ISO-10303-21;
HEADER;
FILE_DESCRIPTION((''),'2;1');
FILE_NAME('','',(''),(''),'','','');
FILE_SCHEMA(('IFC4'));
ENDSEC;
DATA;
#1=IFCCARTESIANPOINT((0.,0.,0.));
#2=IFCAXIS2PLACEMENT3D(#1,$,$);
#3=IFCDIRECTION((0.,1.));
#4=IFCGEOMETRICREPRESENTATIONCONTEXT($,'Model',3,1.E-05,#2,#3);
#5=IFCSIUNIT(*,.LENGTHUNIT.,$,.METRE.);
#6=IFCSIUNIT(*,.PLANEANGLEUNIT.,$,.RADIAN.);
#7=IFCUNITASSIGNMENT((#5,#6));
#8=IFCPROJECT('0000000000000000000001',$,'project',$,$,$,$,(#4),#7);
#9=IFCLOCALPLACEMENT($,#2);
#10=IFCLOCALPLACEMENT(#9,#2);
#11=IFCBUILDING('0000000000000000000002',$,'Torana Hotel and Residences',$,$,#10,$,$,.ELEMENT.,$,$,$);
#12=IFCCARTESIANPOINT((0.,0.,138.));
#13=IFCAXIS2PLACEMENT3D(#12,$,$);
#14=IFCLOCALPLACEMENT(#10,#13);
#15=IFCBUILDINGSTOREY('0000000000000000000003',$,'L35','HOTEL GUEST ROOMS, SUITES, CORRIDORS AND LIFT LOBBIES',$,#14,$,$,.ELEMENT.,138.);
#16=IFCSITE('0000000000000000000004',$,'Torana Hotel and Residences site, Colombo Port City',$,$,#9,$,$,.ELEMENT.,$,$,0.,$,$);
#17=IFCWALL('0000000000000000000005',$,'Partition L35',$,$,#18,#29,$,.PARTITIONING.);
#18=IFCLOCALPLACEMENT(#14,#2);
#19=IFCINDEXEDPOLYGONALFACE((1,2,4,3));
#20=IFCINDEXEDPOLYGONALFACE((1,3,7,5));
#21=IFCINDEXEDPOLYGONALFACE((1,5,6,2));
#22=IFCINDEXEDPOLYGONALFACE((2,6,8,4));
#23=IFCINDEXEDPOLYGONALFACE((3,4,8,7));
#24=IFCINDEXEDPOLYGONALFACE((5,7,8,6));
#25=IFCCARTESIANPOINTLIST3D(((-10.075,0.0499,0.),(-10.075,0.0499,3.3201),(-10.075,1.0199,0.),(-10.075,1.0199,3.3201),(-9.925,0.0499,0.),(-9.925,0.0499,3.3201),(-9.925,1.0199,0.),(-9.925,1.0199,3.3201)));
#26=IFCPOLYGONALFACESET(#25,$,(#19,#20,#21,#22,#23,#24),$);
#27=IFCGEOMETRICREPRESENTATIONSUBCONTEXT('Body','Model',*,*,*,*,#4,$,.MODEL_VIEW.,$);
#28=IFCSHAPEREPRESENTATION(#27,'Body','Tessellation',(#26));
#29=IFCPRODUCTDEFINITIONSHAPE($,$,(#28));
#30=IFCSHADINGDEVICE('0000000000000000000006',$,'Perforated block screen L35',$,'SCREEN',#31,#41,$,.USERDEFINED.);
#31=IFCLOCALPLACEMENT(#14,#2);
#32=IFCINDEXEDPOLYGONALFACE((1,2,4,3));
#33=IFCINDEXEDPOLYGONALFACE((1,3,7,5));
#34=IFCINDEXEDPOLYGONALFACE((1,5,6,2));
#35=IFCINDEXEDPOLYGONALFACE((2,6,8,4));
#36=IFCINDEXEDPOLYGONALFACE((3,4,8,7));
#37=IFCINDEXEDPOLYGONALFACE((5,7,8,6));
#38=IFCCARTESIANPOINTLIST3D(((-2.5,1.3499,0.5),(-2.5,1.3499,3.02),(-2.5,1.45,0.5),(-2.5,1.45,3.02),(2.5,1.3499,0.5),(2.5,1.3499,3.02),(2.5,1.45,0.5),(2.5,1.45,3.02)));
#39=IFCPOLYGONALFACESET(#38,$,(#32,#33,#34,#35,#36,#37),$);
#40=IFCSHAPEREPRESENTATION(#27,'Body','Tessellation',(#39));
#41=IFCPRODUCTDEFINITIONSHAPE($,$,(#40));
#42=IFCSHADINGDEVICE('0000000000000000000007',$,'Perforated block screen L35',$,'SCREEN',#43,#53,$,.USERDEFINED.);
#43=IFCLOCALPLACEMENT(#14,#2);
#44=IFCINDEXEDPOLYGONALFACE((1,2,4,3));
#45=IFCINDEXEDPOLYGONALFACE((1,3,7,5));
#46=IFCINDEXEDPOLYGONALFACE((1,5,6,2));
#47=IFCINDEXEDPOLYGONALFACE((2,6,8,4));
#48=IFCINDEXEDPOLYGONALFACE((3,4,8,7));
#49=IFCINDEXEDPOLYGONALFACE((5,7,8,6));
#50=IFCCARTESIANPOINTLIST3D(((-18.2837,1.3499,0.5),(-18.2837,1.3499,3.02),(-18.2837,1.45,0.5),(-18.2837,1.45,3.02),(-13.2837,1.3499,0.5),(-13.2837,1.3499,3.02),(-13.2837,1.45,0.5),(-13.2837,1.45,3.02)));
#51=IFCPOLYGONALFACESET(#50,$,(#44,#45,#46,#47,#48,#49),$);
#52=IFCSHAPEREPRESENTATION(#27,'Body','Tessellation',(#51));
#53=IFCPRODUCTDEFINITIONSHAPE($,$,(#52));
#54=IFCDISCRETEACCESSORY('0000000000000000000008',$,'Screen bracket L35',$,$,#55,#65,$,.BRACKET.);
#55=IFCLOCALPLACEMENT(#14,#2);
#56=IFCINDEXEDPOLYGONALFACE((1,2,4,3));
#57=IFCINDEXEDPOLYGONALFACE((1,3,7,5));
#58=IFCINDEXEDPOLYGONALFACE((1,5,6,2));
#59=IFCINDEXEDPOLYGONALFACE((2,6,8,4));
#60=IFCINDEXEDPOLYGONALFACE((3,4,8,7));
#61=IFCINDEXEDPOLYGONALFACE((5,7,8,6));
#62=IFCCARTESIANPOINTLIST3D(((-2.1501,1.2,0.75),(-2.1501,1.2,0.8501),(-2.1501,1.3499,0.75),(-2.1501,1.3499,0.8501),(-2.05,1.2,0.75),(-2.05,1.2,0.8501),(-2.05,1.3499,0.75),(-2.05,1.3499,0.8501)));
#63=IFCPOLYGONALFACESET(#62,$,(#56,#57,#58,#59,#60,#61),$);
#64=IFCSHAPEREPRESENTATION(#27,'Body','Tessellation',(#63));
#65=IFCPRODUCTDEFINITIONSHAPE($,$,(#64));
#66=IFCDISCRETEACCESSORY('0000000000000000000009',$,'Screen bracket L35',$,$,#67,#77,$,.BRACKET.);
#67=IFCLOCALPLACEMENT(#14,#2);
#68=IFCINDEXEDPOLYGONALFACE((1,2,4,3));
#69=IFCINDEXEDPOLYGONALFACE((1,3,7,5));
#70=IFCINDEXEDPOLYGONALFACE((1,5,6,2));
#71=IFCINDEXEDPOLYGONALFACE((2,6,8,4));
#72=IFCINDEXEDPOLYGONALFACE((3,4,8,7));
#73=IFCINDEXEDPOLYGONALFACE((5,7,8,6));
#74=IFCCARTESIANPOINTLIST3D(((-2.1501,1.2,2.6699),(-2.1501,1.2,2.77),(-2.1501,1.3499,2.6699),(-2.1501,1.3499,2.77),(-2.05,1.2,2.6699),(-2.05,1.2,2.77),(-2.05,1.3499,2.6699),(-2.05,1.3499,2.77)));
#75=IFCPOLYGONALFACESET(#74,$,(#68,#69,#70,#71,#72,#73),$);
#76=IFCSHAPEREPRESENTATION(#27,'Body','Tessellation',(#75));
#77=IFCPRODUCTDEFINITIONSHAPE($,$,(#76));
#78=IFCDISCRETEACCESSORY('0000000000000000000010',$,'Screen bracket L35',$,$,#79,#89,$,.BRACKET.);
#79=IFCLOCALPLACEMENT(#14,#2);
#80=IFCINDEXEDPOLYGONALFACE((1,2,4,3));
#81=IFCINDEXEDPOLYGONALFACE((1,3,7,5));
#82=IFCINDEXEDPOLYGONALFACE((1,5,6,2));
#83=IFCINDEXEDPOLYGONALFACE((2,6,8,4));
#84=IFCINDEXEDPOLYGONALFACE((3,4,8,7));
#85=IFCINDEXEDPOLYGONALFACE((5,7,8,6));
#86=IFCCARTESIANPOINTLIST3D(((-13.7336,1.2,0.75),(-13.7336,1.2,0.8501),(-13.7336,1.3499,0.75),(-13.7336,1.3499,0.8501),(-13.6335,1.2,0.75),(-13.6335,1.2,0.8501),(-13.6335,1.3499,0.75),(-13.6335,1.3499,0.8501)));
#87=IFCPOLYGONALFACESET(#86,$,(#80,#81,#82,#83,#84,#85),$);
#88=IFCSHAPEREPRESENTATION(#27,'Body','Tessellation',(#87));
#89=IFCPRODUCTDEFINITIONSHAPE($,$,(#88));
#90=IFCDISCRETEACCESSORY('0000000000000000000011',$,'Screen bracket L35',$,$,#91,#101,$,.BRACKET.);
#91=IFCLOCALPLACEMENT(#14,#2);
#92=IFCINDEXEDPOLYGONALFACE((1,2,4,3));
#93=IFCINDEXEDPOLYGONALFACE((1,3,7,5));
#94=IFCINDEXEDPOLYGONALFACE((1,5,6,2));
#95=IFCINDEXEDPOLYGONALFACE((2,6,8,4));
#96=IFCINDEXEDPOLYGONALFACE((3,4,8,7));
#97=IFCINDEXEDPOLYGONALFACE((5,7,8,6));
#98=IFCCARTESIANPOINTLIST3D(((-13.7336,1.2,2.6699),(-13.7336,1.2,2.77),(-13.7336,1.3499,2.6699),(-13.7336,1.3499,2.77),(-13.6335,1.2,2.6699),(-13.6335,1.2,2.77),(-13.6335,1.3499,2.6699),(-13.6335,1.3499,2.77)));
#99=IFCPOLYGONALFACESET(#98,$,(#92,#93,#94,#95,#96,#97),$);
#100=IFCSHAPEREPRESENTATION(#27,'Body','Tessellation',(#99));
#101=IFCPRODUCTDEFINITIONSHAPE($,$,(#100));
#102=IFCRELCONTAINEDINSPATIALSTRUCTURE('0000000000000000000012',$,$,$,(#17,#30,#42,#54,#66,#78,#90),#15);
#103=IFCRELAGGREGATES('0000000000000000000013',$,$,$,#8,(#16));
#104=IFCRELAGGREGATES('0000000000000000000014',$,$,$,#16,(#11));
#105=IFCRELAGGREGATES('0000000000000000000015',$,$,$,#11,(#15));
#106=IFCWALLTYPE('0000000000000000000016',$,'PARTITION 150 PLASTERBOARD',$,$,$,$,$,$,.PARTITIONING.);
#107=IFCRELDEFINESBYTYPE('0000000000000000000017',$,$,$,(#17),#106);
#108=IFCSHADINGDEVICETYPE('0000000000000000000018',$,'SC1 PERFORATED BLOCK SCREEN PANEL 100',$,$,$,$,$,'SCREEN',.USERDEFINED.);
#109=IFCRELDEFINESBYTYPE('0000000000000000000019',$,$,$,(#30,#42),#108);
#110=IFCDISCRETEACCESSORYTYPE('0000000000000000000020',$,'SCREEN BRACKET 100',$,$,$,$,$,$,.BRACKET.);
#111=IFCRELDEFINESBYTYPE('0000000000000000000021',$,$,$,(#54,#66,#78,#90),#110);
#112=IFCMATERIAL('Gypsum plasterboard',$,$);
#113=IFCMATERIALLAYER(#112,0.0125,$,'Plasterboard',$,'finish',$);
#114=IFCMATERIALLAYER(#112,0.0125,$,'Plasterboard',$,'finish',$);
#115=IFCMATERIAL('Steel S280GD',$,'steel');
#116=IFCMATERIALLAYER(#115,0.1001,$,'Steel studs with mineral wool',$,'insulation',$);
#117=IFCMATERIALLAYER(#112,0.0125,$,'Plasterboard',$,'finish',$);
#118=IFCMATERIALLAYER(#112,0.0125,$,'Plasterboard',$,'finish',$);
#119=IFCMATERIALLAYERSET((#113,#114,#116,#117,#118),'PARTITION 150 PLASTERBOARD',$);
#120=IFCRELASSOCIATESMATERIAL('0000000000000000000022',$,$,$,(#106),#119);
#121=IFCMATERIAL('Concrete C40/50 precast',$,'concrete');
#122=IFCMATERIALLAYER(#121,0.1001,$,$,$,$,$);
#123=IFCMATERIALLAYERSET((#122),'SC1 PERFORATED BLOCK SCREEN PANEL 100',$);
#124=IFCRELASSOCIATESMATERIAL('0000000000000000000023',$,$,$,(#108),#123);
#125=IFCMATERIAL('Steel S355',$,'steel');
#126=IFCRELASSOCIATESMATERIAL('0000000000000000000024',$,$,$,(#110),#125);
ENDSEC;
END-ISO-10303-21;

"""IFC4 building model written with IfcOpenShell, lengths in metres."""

from ifc_helpers import new_model, si_unit, direction, frame, frame_2d, origin, origin_2d, place, context, subcontext, project, spatial, rectangle, extrude, material, layer, layer_set, type_object, element, save


model = new_model("IFC4")

# Units and contexts
model_context = context("Model", 3, precision=1e-05, world=origin(), true_north=direction((0.0, 1.0)))
body_context = subcontext(model_context, "Body", "Model", "MODEL_VIEW")
ifc_project = project(units=[si_unit("LENGTHUNIT", "METRE"), si_unit("PLANEANGLEUNIT", "RADIAN")], contexts=[model_context])

# Site, building, storey
site_placement = place(None, origin())
site = spatial("IfcSite", under=ifc_project, at=site_placement, Name="Torana Hotel and Residences site, Colombo Port City", CompositionType="ELEMENT", RefElevation=0.0)
building_placement = place(site_placement, origin())
building = spatial("IfcBuilding", under=site, at=building_placement, Name="Torana Hotel and Residences", CompositionType="ELEMENT")
storey_placement = place(building_placement, frame((0.0, 0.0, 138.0)))
storey = spatial("IfcBuildingStorey", under=building, at=storey_placement, Name="L35", Description="HOTEL GUEST ROOMS, SUITES, CORRIDORS AND LIFT LOBBIES", CompositionType="ELEMENT", Elevation=138.0)

# Wall
ifc_material_1 = material(Name="Gypsum plasterboard")
ifc_layer_1 = layer(ifc_material_1, 0.0125, Name="Plasterboard", Category="finish")
ifc_layer_2 = layer(ifc_material_1, 0.0125, Name="Plasterboard", Category="finish")
ifc_material_2 = material(Name="Steel S280GD", Category="steel")
ifc_layer_3 = layer(ifc_material_2, 0.1001, Name="Steel studs with mineral wool", Category="insulation")
ifc_layer_4 = layer(ifc_material_1, 0.0125, Name="Plasterboard", Category="finish")
ifc_layer_5 = layer(ifc_material_1, 0.0125, Name="Plasterboard", Category="finish")
ifc_layer_set_1 = layer_set([ifc_layer_1, ifc_layer_2, ifc_layer_3, ifc_layer_4, ifc_layer_5], Name="PARTITION 150 PLASTERBOARD")
wall_type_1 = type_object("IfcWallType", Name="PARTITION 150 PLASTERBOARD", PredefinedType="PARTITIONING", material=ifc_layer_set_1)
wall_1_placement = place(storey_placement, frame((-10.0, 0.05, 0.0), z_axis=(0.0, 0.0, 1.0), x_axis=(0.0, 1.0, 0.0)))
element("IfcWall", 1, at=wall_1_placement, inside=storey, type_object=wall_type_1, Name="Partition L35", PredefinedType="PARTITIONING", context=body_context, shape_type="SweptSolid", body=[
    extrude(rectangle(XDim=0.97, YDim=0.1499, at=frame_2d((0.4849, 0.0))), origin(), (0.0, 0.0, 1.0), 3.3201),
])

# Shading devices
ifc_material_3 = material(Name="Concrete C40/50 precast", Category="concrete")
ifc_layer_6 = layer(ifc_material_3, 0.1001)
ifc_layer_set_2 = layer_set([ifc_layer_6], Name="SC1 PERFORATED BLOCK SCREEN PANEL 100")
shading_device_type = type_object("IfcShadingDeviceType", Name="SC1 PERFORATED BLOCK SCREEN PANEL 100", ElementType="SCREEN", PredefinedType="USERDEFINED", material=ifc_layer_set_2)
for number, where, z_axis, x_axis, name in (
    (2, (0.0, 1.3999, 0.5), (0.0, 0.0, 1.0), (-1.0, 0.0, 0.0), "Perforated block screen L35"),
    (3, (-15.7837, 1.3999, 0.5), (0.0, 0.0, 1.0), (-1.0, 0.0, 0.0), "Perforated block screen L35"),
):
    element("IfcShadingDevice", number, at=place(storey_placement, frame(where, z_axis=z_axis, x_axis=x_axis)), inside=storey, type_object=shading_device_type, Name=name, ObjectType="SCREEN", PredefinedType="USERDEFINED", context=body_context, shape_type="SweptSolid", body=[
        extrude(rectangle(XDim=5.0, YDim=0.1001, at=origin_2d()), origin(), (0.0, 0.0, 1.0), 2.52),
    ])

# Discrete accessories
ifc_material_4 = material(Name="Steel S355", Category="steel")
discrete_accessory_type = type_object("IfcDiscreteAccessoryType", Name="SCREEN BRACKET 100", PredefinedType="BRACKET", material=ifc_material_4)
for number, where, z_axis, x_axis, name in (
    (4, (-2.1001, 1.2749, 0.75), (0.0, 0.0, 1.0), (-1.0, 0.0, 0.0), "Screen bracket L35"),
    (5, (-2.1001, 1.2749, 2.6699), (0.0, 0.0, 1.0), (-1.0, 0.0, 0.0), "Screen bracket L35"),
    (6, (-13.6836, 1.2749, 0.75), (0.0, 0.0, 1.0), (-1.0, 0.0, 0.0), "Screen bracket L35"),
    (7, (-13.6836, 1.2749, 2.6699), (0.0, 0.0, 1.0), (-1.0, 0.0, 0.0), "Screen bracket L35"),
):
    element("IfcDiscreteAccessory", number, at=place(storey_placement, frame(where, z_axis=z_axis, x_axis=x_axis)), inside=storey, type_object=discrete_accessory_type, Name=name, PredefinedType="BRACKET", context=body_context, shape_type="SweptSolid", body=[
        extrude(rectangle(XDim=0.1001, YDim=0.1499, at=origin_2d()), origin(), (0.0, 0.0, 1.0), 0.1001),
    ])

save(model, "model.ifc")
